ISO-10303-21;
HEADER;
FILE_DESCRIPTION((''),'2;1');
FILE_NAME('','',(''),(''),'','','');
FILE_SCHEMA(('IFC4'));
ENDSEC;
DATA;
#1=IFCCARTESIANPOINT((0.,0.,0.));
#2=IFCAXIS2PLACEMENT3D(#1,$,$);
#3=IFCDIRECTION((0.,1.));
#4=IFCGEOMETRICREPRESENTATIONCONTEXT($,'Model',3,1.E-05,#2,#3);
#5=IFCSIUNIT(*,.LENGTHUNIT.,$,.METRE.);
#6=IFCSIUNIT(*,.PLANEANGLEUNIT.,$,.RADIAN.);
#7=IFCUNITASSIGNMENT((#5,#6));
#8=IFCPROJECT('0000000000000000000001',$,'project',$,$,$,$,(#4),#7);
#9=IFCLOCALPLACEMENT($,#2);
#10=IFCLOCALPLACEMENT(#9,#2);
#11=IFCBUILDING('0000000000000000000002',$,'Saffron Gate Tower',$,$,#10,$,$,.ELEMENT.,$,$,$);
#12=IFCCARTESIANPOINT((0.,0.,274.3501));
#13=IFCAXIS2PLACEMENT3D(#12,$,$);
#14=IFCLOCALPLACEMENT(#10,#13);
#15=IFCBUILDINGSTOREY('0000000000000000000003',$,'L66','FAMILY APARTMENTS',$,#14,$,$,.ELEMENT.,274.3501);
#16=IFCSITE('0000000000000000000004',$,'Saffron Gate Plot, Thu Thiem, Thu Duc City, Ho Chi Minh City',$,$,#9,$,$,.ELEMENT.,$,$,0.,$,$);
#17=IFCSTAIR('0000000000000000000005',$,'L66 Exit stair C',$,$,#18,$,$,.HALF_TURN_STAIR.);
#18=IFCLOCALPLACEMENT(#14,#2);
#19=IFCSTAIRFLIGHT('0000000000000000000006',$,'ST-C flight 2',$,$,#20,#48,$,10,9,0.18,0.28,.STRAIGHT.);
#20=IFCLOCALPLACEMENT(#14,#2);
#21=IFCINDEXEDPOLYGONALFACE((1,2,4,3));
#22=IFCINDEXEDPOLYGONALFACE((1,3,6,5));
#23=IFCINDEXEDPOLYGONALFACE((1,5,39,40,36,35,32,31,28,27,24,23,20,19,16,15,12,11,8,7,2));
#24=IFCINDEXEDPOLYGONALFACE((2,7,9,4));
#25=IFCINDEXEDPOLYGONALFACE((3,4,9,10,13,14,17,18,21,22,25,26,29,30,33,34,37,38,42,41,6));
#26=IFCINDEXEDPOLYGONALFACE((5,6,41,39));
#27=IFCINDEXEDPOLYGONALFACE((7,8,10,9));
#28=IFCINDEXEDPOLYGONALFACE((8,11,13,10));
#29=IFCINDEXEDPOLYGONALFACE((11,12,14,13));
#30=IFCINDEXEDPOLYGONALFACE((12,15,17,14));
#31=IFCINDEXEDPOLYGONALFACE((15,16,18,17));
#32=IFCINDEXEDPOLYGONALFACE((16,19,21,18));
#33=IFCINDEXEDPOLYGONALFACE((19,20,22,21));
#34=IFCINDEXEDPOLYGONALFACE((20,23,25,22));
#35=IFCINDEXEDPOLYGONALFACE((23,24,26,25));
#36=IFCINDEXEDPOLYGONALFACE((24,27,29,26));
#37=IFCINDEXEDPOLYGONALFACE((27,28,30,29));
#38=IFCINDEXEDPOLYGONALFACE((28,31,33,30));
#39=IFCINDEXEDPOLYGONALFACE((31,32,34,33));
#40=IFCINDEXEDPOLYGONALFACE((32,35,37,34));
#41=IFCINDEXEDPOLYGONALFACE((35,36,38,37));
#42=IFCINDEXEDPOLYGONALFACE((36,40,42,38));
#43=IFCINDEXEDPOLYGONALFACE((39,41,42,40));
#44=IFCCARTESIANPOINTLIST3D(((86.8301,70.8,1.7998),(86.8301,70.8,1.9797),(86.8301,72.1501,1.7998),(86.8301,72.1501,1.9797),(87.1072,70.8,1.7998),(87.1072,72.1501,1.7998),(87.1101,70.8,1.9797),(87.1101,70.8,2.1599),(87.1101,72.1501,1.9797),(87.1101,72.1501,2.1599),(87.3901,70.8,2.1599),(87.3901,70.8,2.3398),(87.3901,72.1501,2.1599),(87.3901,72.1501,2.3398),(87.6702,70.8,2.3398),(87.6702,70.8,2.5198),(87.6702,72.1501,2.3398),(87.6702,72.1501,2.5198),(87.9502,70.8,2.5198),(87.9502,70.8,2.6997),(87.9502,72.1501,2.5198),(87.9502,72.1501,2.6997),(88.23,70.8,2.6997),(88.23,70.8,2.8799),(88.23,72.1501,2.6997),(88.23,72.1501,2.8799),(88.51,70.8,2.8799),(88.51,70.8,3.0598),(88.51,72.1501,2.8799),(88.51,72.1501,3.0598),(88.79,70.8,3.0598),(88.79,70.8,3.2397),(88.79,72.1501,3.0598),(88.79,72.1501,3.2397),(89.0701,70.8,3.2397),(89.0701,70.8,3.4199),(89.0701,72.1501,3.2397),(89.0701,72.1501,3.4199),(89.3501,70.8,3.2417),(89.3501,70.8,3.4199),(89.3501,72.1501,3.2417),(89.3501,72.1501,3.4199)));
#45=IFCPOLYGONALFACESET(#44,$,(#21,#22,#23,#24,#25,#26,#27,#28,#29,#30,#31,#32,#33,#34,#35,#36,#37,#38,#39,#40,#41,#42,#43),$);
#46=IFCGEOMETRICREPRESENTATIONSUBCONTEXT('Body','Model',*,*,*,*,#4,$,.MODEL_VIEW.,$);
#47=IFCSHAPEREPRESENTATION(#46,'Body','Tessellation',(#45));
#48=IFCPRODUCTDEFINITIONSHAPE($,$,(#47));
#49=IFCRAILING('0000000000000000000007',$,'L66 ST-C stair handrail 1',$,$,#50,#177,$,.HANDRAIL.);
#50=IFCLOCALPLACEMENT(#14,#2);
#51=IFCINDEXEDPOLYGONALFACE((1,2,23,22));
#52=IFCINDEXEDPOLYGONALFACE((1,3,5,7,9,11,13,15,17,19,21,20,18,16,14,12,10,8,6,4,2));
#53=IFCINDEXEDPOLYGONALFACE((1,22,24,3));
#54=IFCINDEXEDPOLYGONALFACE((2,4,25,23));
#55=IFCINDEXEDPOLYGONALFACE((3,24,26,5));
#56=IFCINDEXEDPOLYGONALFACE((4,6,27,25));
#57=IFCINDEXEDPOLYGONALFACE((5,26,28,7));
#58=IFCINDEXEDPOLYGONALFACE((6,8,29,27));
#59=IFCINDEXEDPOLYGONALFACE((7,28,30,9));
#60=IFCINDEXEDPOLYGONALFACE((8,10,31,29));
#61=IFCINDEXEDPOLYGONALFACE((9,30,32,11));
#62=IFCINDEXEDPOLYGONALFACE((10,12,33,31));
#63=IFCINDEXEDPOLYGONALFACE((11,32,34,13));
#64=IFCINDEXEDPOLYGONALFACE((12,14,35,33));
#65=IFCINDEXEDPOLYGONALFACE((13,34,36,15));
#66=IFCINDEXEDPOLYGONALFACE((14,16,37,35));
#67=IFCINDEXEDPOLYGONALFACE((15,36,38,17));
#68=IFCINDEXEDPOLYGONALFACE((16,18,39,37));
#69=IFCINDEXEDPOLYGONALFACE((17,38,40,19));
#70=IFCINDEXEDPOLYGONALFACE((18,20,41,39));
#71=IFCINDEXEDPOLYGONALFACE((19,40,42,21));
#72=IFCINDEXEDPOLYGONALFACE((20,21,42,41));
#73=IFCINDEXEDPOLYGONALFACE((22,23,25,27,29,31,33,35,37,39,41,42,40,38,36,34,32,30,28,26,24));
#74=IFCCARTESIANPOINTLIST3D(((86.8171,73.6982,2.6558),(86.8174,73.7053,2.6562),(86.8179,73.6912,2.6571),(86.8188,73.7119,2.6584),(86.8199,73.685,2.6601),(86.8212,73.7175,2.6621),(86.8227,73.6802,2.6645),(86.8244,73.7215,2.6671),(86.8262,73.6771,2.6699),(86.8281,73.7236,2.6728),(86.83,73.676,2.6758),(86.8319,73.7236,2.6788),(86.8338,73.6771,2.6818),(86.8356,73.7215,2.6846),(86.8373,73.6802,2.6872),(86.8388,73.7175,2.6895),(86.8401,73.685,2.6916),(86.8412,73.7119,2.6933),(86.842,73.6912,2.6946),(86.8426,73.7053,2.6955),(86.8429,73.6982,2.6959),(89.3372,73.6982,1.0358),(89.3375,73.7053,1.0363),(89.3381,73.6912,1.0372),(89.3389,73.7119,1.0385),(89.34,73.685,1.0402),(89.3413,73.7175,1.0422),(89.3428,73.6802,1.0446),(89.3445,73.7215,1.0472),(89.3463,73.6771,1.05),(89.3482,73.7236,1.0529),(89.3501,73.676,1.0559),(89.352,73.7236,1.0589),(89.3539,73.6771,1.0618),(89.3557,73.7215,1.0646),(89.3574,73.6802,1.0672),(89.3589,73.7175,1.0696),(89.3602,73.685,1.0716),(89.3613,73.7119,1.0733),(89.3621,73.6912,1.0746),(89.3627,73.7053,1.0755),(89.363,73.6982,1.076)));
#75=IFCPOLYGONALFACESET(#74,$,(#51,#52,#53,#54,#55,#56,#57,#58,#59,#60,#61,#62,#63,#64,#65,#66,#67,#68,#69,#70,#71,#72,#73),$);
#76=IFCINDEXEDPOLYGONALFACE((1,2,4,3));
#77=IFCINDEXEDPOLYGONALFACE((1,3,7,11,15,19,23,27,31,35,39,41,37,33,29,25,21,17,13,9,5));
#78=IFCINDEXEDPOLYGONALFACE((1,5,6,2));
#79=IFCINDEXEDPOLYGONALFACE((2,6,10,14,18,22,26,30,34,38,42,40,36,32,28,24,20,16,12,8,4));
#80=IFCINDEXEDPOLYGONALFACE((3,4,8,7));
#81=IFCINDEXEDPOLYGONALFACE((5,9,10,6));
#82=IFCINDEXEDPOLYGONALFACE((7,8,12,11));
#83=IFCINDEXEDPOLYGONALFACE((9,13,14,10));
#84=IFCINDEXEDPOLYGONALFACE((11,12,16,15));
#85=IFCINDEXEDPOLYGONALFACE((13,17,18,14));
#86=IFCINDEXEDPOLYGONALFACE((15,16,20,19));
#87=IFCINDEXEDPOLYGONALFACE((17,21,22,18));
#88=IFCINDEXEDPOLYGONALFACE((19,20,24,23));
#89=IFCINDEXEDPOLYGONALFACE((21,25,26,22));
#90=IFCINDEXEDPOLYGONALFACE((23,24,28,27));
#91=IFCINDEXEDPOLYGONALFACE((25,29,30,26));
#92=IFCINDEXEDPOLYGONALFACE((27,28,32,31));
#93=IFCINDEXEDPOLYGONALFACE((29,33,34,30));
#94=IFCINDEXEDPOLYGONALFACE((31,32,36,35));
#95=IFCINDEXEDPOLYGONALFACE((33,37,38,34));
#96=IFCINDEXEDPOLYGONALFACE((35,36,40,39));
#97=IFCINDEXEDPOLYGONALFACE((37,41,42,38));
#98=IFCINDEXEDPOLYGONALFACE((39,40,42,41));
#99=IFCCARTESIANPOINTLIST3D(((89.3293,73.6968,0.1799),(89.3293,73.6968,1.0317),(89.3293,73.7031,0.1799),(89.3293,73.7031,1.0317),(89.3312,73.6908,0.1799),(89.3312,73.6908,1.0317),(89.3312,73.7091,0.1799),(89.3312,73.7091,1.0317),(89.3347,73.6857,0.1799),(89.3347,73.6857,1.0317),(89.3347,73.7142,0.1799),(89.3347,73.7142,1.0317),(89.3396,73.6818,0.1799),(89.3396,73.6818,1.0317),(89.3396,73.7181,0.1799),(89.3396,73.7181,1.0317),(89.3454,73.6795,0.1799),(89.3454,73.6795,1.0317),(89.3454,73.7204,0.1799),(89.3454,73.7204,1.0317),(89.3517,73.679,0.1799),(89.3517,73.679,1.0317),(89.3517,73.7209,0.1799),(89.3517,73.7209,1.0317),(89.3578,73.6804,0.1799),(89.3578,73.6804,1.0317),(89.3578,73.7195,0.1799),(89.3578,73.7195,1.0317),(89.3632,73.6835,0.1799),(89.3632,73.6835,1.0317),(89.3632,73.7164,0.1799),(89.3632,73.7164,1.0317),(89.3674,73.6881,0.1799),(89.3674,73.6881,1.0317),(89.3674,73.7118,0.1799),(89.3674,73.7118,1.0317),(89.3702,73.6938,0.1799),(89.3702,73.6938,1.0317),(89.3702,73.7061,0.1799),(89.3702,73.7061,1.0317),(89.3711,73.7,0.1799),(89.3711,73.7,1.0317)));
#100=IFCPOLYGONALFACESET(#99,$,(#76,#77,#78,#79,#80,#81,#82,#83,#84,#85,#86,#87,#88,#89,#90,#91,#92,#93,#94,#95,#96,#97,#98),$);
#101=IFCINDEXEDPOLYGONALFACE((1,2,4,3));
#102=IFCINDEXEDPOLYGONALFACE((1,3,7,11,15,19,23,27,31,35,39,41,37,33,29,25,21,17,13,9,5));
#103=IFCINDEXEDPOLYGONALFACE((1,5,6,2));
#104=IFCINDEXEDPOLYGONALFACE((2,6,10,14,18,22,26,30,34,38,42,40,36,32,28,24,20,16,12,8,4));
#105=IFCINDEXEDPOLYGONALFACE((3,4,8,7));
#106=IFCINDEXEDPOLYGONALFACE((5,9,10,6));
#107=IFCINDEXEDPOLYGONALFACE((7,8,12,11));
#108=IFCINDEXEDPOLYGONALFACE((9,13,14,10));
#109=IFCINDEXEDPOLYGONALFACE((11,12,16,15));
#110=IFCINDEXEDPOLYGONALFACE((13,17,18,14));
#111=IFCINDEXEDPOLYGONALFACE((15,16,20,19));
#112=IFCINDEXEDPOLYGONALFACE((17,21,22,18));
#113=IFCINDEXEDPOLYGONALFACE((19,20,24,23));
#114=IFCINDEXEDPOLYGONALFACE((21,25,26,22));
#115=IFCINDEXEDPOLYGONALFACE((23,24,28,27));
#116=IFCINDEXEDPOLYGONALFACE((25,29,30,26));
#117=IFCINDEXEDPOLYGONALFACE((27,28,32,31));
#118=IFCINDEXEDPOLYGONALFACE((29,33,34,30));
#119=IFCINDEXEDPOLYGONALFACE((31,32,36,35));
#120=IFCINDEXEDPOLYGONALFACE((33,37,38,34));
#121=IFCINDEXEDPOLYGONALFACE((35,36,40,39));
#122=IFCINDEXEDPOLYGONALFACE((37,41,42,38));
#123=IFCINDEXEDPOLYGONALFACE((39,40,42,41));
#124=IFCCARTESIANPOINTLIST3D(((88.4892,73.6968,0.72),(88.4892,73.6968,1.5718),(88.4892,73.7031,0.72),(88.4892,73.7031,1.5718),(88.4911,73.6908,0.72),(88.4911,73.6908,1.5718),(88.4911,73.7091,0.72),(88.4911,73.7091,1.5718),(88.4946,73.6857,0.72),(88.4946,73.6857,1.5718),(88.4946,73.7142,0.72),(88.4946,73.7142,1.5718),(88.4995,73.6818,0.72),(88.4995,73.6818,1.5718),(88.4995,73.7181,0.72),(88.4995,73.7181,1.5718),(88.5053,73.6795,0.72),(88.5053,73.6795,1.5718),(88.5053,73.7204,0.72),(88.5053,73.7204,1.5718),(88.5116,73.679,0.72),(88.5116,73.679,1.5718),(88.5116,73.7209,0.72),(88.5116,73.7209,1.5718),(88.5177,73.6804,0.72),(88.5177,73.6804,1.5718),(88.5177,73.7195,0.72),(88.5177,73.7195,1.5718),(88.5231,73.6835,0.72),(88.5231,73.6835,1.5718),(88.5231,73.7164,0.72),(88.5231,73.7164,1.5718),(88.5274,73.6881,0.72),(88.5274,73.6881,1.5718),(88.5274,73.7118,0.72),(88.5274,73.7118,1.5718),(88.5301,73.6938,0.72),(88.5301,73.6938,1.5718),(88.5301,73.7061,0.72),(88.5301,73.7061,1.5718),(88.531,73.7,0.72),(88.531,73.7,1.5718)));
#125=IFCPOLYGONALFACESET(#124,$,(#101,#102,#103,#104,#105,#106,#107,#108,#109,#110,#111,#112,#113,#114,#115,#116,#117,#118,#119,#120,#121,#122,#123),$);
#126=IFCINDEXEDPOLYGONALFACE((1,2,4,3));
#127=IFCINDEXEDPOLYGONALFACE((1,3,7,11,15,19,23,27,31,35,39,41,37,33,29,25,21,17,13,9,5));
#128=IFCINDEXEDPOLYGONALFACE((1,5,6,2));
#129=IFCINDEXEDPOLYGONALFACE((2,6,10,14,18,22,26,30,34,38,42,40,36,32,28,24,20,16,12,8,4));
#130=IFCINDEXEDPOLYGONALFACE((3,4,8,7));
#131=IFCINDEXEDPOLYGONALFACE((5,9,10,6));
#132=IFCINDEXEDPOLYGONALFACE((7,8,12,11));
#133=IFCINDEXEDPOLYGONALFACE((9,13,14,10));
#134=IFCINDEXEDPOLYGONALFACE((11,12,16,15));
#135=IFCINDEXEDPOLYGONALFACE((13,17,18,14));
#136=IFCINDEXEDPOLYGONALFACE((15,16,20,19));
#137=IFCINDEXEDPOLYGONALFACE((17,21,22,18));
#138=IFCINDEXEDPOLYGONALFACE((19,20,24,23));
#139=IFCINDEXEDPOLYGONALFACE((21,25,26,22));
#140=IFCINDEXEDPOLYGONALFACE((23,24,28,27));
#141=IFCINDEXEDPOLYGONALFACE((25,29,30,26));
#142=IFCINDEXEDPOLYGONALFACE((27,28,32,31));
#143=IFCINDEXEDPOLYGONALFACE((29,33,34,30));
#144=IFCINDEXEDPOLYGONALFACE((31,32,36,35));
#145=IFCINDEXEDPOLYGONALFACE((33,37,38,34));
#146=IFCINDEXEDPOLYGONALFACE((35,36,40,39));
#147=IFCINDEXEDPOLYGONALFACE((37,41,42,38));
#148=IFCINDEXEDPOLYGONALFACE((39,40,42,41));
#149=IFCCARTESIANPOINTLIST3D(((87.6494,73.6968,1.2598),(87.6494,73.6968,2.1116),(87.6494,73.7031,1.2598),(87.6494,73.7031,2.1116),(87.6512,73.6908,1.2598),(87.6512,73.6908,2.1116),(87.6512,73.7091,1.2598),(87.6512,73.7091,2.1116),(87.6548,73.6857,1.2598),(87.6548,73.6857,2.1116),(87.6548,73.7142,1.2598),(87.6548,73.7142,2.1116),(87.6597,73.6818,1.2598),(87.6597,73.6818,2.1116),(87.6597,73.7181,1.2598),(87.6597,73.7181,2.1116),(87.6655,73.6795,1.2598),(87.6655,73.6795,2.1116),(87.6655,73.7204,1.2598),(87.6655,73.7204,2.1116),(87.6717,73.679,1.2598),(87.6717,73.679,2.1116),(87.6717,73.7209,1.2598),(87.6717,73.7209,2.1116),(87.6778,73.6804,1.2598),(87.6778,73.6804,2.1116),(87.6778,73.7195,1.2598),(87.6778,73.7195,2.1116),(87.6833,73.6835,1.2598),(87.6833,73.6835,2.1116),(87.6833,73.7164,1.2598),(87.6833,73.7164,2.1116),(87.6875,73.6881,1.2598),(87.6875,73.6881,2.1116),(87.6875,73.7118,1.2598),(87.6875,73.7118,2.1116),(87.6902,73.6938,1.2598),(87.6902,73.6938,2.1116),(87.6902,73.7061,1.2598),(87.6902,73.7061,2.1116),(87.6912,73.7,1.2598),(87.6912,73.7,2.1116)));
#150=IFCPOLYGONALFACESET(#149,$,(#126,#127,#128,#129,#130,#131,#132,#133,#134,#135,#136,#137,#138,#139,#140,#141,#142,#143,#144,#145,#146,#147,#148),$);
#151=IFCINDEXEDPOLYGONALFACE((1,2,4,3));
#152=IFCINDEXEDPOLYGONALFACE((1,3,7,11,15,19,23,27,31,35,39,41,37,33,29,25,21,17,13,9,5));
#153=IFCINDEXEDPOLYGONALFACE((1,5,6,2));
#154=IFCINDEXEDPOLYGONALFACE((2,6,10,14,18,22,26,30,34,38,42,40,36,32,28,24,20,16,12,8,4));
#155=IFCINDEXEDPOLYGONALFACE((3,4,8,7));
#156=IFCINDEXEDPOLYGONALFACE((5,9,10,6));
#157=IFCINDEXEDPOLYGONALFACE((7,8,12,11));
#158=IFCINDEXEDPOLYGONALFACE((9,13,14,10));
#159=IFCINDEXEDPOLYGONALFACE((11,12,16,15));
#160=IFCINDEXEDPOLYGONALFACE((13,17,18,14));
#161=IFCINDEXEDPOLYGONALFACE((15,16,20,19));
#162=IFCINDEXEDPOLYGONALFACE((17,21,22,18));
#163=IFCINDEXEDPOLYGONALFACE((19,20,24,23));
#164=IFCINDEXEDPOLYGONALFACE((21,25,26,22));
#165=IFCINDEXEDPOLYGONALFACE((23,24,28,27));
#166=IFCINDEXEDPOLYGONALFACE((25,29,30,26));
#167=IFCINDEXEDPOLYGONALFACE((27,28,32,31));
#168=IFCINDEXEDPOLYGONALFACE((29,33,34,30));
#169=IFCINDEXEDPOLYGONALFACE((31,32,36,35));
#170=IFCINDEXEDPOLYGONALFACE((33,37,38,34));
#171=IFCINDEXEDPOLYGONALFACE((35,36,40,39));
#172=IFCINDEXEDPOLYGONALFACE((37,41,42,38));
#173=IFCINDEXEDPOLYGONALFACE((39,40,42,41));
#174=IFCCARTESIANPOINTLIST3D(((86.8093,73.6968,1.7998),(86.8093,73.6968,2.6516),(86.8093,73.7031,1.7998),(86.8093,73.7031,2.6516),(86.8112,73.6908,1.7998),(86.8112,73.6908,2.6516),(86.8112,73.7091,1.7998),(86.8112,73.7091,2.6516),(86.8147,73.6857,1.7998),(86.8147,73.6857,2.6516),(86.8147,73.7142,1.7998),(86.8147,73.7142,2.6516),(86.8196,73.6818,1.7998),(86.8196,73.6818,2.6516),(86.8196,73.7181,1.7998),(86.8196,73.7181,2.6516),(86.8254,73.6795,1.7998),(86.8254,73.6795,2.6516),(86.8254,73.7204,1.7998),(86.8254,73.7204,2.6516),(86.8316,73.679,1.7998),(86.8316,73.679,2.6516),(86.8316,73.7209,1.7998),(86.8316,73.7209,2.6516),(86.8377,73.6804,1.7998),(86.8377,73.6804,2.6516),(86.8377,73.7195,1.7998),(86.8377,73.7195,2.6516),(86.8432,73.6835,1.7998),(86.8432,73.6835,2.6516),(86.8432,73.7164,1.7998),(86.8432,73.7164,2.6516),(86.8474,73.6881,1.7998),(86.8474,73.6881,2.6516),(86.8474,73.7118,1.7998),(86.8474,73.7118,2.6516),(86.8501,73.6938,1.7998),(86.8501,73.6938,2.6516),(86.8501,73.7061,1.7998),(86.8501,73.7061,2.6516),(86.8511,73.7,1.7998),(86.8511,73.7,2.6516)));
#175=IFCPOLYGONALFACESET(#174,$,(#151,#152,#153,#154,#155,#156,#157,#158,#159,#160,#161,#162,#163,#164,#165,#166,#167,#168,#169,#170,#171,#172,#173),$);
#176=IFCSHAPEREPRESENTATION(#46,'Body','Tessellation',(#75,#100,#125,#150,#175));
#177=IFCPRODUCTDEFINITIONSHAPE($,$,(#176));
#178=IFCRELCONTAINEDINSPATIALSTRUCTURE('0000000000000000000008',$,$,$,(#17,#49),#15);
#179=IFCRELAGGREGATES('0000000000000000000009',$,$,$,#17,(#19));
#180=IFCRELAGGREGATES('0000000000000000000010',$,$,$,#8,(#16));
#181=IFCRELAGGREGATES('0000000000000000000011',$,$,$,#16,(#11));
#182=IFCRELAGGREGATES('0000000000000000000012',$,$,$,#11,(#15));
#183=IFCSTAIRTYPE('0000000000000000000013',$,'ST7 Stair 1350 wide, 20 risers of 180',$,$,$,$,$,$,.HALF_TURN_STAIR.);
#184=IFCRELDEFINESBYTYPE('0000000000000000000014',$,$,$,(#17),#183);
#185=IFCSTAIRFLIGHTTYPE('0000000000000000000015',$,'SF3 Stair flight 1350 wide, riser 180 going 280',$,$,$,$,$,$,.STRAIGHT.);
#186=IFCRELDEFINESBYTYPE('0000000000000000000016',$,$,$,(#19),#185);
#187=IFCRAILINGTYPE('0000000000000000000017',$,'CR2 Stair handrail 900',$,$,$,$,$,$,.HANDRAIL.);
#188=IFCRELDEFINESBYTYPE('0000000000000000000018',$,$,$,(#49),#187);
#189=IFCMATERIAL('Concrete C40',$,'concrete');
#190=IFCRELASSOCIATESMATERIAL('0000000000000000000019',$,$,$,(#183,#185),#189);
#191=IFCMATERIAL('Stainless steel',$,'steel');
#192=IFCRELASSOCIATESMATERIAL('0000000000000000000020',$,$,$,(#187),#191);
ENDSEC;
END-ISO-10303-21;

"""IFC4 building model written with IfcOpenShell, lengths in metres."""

from ifc_helpers import new_model, si_unit, direction, frame, origin, origin_2d, place, context, subcontext, project, spatial, polyline, circle, outline, extrude, material, type_object, element, aggregate, save


model = new_model("IFC4")

# Units and contexts
model_context = context("Model", 3, precision=1e-05, world=origin(), true_north=direction((0.0, 1.0)))
body_context = subcontext(model_context, "Body", "Model", "MODEL_VIEW")
ifc_project = project(units=[si_unit("LENGTHUNIT", "METRE"), si_unit("PLANEANGLEUNIT", "RADIAN")], contexts=[model_context])

# Site, building, storey
site_placement = place(None, origin())
site = spatial("IfcSite", under=ifc_project, at=site_placement, Name="Saffron Gate Plot, Thu Thiem, Thu Duc City, Ho Chi Minh City", CompositionType="ELEMENT", RefElevation=0.0)
building_placement = place(site_placement, origin())
building = spatial("IfcBuilding", under=site, at=building_placement, Name="Saffron Gate Tower", CompositionType="ELEMENT")
storey_placement = place(building_placement, frame((0.0, 0.0, 274.3501)))
storey = spatial("IfcBuildingStorey", under=building, at=storey_placement, Name="L66", Description="FAMILY APARTMENTS", CompositionType="ELEMENT", Elevation=274.3501)

# Stair, stair flight
ifc_material_1 = material(Name="Concrete C40", Category="concrete")
stair_type = type_object("IfcStairType", Name="ST7 Stair 1350 wide, 20 risers of 180", PredefinedType="HALF_TURN_STAIR", material=ifc_material_1)
stair_placement = place(storey_placement, origin())
stair = element("IfcStair", 1, at=stair_placement, inside=storey, type_object=stair_type, Name="L66 Exit stair C", PredefinedType="HALF_TURN_STAIR")
stair_flight_type = type_object("IfcStairFlightType", Name="SF3 Stair flight 1350 wide, riser 180 going 280", PredefinedType="STRAIGHT", material=ifc_material_1)
stair_flight_1_placement = place(storey_placement, frame((86.8301, 71.4751, 1.7998), z_axis=(0.0, 0.0, 1.0), x_axis=(1.0, 0.0, 0.0)))
stair_flight_1 = element("IfcStairFlight", 2, at=stair_flight_1_placement, type_object=stair_flight_type, Name="ST-C flight 2", NumberOfRisers=10, NumberOfTreads=9, PredefinedType="STRAIGHT", RiserHeight=0.18, TreadLength=0.28, context=body_context, shape_type="SweptSolid", body=[
    extrude(outline(polyline([(0.0, 0.0), (0.0, 0.1799), (0.28, 0.1799), (0.28, 0.3601), (0.5601, 0.3601), (0.5601, 0.54), (0.8401, 0.54), (0.8401, 0.72), (1.1201, 0.72), (1.1201, 0.8999), (1.3999, 0.8999), (1.3999, 1.0801), (1.6799, 1.0801), (1.6799, 1.26), (1.96, 1.26), (1.96, 1.4399), (2.24, 1.4399), (2.24, 1.6201), (2.52, 1.6201), (2.52, 1.8), (2.52, 1.4419), (0.2771, 0.0), (0.0, 0.0)])), frame((0.0, 0.675, 0.0), z_axis=(0.0, -1.0, 0.0), x_axis=(1.0, 0.0, 0.0)), (0.0, 0.0, 1.0), 1.3501),
])
aggregate(stair, [stair_flight_1])

# Railing
ifc_material_2 = material(Name="Stainless steel", Category="steel")
railing_type_1 = type_object("IfcRailingType", Name="CR2 Stair handrail 900", PredefinedType="HANDRAIL", material=ifc_material_2)
railing_1_placement = place(storey_placement, frame((89.3501, 73.7, 0.1799)))
element("IfcRailing", 3, at=railing_1_placement, inside=storey, type_object=railing_type_1, Name="L66 ST-C stair handrail 1", PredefinedType="HANDRAIL", context=body_context, shape_type="SweptSolid", body=[
    extrude(circle(Radius=0.0239, at=origin_2d()), frame((0.0, 0.0, 0.876), z_axis=(-0.8412, 0.0, 0.540725), x_axis=(0.0, -1.0, 0.0)), (0.0, 0.0, 1.0), 2.9958),
    extrude(circle(Radius=0.021, at=origin_2d()), origin(), (0.0, 0.0, 1.0), 0.8518),
    extrude(circle(Radius=0.021, at=origin_2d()), frame((-0.8401, 0.0, 0.54)), (0.0, 0.0, 1.0), 0.8518),
    extrude(circle(Radius=0.021, at=origin_2d()), frame((-1.6799, 0.0, 1.0798)), (0.0, 0.0, 1.0), 0.8518),
    extrude(circle(Radius=0.021, at=origin_2d()), frame((-2.52, 0.0, 1.6199)), (0.0, 0.0, 1.0), 0.8518),
])

save(model, "model.ifc")
